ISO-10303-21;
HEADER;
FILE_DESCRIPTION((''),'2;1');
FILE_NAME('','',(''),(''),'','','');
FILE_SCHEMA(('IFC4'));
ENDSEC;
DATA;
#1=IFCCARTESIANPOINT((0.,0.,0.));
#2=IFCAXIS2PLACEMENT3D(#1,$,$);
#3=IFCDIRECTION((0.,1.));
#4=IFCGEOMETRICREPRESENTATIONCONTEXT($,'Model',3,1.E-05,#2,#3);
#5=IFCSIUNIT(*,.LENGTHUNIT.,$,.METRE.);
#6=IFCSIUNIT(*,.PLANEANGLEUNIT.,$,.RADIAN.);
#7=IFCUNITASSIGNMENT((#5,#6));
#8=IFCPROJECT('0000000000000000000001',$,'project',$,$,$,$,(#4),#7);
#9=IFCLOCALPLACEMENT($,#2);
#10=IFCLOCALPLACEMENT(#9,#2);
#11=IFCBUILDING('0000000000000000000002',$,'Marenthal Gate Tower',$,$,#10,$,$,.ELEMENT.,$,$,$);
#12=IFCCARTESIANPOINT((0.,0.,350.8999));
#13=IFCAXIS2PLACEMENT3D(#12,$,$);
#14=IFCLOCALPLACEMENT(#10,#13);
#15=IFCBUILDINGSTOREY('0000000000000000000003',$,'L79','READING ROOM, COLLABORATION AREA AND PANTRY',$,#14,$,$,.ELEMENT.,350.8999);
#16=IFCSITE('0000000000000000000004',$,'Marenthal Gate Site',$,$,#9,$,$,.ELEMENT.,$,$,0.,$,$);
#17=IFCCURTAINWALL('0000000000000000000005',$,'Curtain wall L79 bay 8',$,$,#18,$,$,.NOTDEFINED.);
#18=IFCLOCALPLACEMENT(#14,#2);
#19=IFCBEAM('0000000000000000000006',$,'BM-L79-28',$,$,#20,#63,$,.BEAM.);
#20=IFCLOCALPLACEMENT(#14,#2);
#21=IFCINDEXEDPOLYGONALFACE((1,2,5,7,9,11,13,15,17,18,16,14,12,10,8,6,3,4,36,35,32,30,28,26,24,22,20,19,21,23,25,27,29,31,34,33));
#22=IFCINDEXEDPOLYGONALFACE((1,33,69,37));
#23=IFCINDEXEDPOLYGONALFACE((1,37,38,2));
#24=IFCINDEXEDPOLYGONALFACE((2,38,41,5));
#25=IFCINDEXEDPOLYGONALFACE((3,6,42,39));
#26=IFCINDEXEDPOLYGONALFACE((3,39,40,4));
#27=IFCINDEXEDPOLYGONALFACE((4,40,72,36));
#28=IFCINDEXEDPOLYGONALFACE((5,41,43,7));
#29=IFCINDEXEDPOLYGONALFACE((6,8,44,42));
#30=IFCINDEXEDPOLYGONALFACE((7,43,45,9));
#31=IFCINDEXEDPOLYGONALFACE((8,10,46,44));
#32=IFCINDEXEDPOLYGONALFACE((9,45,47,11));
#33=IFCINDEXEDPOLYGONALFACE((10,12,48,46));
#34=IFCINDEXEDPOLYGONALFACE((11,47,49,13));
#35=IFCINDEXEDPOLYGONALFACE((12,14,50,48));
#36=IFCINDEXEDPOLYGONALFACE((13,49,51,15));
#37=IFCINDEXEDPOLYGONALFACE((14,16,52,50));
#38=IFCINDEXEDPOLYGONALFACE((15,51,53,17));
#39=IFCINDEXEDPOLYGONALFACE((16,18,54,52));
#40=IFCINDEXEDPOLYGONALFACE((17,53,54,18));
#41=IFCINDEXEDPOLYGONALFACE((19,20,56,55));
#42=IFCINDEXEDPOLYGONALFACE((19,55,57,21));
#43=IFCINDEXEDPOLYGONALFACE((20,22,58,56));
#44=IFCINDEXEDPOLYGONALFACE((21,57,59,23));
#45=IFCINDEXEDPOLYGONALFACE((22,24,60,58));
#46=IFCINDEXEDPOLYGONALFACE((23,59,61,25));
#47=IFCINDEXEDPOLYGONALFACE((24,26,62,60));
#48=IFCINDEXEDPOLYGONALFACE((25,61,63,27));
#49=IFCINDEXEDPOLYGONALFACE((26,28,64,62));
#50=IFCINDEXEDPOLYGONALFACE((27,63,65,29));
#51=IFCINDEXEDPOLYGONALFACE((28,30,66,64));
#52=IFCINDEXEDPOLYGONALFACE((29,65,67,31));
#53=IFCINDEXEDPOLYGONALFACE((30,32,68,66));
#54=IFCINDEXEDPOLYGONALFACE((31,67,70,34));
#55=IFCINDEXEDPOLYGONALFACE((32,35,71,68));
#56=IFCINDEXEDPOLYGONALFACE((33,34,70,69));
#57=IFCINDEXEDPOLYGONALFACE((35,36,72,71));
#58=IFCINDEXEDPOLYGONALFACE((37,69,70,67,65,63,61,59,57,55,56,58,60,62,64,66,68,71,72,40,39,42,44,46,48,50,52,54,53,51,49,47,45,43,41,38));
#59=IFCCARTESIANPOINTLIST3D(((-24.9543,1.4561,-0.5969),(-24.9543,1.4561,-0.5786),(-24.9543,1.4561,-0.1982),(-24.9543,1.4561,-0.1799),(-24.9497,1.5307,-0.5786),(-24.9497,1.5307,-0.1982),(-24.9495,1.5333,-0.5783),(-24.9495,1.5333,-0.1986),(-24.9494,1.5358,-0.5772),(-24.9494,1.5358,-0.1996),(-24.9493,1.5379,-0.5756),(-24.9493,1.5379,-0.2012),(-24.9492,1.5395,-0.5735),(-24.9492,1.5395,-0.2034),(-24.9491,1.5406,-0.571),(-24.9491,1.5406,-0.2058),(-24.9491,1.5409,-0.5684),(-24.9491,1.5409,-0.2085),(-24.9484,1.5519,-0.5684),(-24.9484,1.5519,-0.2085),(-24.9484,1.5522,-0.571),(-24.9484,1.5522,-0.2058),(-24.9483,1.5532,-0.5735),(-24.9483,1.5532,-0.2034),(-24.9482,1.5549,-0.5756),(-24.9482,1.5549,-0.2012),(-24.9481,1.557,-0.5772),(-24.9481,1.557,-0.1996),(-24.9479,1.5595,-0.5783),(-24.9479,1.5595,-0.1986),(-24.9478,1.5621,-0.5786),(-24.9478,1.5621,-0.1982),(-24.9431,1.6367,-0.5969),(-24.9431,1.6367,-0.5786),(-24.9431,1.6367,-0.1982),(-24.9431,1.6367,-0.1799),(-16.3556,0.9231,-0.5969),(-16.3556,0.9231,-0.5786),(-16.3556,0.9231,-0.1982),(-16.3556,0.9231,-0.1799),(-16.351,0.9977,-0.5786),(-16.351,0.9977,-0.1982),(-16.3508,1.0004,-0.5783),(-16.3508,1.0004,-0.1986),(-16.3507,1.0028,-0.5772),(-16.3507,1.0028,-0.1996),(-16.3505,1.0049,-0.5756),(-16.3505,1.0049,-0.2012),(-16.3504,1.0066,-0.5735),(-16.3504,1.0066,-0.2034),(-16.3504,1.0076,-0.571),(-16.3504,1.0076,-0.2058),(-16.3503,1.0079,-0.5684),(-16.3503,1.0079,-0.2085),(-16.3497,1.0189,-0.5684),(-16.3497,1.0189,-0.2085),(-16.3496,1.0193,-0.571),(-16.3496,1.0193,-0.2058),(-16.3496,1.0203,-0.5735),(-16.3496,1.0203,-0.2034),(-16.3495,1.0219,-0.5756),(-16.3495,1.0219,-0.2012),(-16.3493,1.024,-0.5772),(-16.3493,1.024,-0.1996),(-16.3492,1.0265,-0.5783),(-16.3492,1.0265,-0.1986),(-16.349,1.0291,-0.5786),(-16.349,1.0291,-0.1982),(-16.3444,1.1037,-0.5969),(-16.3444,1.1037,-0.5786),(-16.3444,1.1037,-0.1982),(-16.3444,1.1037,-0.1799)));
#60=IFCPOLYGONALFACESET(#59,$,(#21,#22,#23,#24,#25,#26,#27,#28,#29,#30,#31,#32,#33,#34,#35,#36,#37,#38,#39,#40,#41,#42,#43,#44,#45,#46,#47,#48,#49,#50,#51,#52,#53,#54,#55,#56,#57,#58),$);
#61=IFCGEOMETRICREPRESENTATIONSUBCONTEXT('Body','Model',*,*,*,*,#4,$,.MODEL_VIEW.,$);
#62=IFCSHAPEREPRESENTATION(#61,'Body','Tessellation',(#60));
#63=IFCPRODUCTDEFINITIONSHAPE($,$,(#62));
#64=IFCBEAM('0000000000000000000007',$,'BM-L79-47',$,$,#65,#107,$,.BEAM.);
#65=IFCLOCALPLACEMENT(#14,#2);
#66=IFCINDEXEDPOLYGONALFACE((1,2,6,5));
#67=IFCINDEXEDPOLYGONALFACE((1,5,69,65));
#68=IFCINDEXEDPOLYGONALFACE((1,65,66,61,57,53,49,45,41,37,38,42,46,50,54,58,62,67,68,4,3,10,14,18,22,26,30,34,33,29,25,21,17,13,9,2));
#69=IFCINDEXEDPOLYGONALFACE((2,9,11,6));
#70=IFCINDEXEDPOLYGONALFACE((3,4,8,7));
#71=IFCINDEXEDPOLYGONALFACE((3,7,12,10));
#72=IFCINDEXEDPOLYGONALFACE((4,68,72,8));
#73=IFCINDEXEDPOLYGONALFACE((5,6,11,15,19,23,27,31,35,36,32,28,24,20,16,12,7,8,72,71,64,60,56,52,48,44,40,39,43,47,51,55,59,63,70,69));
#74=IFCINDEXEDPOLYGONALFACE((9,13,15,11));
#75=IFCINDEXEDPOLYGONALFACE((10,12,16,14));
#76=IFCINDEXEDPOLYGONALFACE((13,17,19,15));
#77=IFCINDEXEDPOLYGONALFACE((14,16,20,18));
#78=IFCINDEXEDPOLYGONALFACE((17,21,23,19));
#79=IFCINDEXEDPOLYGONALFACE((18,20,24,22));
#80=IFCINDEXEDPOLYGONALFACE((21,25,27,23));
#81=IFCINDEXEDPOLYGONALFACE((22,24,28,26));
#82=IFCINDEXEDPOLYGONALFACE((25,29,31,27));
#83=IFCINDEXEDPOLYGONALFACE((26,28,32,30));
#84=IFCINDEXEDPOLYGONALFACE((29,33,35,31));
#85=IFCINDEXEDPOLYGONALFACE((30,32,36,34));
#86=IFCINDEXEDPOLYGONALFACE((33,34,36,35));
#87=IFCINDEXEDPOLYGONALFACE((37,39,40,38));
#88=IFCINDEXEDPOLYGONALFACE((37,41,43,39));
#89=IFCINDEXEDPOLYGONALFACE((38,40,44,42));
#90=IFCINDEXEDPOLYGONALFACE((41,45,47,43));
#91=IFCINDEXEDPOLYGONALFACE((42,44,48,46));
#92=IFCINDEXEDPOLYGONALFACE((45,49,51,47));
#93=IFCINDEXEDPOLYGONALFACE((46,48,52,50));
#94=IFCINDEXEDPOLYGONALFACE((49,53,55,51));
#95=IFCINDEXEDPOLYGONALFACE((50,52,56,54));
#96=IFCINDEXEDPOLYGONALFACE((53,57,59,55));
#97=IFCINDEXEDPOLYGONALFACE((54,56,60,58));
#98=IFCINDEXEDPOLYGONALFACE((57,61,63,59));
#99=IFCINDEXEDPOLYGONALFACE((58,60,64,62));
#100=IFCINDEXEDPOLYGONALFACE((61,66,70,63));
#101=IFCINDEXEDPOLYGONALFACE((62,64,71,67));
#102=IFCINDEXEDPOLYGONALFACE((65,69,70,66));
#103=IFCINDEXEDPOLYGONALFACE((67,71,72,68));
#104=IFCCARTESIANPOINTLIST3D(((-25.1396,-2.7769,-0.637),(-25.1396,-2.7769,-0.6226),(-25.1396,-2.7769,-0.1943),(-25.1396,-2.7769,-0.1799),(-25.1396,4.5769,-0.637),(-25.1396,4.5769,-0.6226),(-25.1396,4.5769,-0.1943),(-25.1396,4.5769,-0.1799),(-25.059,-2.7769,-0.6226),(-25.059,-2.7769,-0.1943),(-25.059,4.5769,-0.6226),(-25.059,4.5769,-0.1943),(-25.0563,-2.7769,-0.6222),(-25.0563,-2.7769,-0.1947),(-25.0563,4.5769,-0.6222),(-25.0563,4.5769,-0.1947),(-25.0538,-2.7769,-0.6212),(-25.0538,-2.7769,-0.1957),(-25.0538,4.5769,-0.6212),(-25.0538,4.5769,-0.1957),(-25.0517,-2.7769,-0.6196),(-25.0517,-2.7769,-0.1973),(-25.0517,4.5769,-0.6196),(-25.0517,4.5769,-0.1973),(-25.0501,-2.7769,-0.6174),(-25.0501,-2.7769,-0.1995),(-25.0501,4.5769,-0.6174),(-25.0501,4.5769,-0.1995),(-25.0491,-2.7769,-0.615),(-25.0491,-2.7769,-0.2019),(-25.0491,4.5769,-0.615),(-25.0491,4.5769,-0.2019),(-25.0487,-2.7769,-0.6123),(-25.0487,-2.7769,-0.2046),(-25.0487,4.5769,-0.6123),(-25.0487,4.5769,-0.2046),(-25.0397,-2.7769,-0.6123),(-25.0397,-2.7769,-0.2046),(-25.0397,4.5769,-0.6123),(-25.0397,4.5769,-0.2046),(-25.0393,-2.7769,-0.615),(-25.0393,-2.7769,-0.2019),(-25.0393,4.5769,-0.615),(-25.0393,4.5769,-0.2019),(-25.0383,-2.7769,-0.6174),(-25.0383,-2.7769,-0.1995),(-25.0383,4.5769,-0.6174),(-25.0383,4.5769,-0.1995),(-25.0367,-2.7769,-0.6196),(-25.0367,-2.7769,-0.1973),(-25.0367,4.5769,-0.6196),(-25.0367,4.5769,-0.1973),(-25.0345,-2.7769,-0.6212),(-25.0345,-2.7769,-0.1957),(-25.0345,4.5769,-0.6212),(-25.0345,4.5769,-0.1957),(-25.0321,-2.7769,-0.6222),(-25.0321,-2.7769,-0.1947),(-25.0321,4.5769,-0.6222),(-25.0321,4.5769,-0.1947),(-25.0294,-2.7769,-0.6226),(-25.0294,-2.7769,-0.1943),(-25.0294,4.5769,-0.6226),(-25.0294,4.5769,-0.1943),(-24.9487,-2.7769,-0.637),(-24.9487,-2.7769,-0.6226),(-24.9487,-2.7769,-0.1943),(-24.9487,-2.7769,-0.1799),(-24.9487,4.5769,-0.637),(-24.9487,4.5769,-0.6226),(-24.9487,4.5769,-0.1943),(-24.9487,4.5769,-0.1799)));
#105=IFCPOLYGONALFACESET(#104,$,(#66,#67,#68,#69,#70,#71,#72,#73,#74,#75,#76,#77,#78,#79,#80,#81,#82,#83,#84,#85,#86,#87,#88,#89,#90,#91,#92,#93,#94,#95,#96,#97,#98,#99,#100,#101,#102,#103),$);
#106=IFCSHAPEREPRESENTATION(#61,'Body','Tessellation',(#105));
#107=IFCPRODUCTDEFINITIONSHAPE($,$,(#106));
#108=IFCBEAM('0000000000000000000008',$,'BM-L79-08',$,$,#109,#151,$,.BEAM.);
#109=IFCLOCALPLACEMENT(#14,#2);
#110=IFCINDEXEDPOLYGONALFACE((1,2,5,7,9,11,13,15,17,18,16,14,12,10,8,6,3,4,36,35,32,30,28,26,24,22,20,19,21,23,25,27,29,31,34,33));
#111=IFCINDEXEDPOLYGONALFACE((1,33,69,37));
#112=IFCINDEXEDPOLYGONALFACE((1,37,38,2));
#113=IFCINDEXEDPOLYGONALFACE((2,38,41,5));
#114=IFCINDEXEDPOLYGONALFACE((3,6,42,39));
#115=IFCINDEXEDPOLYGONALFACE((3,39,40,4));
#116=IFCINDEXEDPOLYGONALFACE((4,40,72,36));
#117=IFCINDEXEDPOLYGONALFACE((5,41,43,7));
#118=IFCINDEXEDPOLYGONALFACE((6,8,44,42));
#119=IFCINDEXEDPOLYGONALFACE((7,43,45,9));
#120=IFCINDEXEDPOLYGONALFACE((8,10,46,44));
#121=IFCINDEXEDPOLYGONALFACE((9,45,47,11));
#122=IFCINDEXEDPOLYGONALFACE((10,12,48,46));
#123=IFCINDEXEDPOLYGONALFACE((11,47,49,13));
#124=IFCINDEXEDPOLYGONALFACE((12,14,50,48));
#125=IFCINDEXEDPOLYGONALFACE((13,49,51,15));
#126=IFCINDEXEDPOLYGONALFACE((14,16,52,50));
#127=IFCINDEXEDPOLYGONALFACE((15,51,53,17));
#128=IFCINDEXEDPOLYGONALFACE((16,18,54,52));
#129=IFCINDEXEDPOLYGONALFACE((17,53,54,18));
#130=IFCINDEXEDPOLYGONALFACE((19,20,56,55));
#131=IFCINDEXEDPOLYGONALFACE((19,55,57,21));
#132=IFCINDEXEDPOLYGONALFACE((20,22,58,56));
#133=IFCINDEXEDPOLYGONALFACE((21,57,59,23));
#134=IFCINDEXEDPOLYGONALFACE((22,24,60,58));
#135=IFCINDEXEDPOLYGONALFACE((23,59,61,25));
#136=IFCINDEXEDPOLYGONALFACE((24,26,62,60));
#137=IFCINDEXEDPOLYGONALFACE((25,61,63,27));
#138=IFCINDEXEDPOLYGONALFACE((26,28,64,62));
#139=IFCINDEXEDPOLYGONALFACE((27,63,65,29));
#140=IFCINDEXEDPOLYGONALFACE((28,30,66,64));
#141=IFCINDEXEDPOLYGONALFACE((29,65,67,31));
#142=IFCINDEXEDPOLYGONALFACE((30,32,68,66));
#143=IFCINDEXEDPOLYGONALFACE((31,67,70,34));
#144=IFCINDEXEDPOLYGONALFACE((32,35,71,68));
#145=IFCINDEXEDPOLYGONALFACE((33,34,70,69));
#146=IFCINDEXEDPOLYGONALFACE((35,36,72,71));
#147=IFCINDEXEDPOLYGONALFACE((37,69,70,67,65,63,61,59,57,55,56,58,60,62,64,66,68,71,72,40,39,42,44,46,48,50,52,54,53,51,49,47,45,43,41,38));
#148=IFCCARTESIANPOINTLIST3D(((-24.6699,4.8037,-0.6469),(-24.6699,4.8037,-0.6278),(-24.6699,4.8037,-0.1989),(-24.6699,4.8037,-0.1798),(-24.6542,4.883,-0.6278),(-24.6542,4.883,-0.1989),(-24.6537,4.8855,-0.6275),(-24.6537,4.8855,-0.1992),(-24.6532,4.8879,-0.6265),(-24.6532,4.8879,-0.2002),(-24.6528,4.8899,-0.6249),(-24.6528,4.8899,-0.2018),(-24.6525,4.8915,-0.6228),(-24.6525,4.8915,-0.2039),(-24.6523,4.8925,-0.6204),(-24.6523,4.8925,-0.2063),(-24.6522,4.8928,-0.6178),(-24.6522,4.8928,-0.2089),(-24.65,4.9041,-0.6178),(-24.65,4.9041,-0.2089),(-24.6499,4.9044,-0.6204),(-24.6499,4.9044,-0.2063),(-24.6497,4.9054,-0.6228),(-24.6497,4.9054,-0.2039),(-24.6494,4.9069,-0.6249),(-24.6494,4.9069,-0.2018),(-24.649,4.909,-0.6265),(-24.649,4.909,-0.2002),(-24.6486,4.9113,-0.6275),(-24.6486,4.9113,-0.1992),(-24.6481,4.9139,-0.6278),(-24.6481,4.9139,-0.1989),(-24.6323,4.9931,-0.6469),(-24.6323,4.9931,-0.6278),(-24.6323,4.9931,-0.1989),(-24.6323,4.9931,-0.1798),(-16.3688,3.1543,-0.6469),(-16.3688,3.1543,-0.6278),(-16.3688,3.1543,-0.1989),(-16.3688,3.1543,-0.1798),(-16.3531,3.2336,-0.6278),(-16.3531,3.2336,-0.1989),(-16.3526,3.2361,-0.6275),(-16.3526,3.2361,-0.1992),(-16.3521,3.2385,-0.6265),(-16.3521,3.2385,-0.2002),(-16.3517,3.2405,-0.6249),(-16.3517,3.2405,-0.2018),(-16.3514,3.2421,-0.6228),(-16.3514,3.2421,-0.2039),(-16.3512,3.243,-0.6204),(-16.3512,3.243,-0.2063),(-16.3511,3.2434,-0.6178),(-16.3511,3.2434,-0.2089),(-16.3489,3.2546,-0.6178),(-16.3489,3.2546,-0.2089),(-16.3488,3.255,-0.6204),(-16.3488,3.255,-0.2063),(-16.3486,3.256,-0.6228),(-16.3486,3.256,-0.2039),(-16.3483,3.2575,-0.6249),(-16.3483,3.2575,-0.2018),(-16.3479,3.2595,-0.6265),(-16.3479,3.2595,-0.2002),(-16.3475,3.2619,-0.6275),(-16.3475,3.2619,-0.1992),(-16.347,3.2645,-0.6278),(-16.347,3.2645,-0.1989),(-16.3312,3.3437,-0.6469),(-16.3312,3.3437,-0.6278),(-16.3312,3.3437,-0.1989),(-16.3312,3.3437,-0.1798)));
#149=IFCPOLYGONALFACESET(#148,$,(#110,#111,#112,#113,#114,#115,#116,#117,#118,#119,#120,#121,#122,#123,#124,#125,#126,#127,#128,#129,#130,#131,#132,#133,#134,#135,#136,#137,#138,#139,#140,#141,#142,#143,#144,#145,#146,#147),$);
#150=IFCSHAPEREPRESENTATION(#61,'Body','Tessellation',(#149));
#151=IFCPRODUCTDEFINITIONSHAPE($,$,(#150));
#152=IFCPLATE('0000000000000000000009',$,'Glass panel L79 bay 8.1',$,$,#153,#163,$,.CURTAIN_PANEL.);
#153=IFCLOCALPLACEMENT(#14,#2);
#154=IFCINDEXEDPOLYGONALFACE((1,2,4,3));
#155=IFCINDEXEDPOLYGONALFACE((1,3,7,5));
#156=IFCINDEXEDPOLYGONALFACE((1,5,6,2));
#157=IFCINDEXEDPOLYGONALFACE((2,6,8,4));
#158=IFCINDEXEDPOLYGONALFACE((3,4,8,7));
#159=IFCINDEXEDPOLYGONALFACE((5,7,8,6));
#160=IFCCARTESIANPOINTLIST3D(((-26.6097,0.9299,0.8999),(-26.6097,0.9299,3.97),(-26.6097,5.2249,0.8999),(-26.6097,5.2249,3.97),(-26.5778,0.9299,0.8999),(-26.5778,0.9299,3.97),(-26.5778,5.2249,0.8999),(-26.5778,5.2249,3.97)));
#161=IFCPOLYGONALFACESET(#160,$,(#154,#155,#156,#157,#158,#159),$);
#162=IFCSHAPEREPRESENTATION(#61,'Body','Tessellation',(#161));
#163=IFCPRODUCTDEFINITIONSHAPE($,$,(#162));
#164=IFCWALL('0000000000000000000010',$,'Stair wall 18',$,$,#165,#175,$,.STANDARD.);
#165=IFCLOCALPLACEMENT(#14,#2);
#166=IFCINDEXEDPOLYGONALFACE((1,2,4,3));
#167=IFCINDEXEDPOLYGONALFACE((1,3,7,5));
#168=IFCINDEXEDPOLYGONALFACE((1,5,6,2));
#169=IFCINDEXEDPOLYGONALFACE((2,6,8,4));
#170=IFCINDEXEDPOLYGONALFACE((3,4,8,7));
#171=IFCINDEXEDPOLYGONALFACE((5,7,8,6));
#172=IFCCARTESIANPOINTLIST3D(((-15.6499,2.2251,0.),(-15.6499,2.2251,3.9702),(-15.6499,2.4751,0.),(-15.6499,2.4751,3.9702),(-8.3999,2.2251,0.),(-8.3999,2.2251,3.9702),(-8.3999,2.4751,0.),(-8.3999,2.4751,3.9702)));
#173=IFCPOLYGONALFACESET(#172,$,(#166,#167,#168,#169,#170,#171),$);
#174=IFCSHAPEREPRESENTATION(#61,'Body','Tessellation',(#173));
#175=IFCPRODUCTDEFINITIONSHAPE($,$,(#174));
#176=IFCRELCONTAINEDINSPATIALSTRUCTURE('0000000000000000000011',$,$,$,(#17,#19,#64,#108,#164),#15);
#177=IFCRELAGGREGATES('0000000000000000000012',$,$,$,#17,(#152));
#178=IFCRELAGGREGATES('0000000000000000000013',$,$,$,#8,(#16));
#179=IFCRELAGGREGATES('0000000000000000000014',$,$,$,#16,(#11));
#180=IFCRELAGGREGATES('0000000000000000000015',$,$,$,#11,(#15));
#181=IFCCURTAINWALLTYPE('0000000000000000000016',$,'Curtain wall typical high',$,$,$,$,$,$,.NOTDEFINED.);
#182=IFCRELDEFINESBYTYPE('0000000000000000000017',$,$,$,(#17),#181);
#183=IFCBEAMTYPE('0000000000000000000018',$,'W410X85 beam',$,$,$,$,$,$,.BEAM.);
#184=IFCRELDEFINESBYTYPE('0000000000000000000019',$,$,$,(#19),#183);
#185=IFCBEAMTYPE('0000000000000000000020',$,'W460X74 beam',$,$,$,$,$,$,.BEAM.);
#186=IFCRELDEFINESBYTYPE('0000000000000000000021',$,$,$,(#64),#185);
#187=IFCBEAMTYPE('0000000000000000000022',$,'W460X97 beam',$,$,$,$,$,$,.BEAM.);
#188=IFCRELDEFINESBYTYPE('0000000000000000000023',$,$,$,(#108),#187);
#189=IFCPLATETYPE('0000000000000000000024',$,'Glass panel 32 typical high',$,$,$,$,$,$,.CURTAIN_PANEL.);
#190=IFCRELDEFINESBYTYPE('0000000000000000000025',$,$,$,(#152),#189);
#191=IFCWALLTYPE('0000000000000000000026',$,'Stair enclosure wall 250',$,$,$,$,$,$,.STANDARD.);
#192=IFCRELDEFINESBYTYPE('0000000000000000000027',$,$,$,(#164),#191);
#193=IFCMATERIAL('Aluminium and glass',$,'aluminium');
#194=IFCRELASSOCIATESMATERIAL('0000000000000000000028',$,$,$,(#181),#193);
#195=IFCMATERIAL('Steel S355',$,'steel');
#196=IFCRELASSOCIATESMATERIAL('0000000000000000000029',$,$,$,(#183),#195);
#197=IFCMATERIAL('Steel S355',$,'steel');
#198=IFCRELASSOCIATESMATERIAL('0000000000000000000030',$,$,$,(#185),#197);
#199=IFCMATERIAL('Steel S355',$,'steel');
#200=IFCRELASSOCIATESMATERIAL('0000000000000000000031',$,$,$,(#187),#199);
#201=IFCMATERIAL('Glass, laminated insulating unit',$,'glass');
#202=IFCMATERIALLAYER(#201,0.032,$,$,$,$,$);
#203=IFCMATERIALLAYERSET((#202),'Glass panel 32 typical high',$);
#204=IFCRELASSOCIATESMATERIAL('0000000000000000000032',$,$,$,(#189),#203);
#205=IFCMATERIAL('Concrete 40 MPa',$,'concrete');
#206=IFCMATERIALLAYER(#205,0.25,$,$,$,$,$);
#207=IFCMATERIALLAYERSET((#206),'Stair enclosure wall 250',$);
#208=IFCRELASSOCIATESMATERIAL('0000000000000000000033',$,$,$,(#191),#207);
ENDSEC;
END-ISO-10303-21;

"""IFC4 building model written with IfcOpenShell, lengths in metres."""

from ifc_helpers import new_model, si_unit, direction, frame, frame_2d, origin, origin_2d, place, context, subcontext, project, spatial, rectangle, i_section, extrude, material, layer, layer_set, material_profile, profile_set, type_object, element, aggregate, save


model = new_model("IFC4")

# Units and contexts
model_context = context("Model", 3, precision=1e-05, world=origin(), true_north=direction((0.0, 1.0)))
body_context = subcontext(model_context, "Body", "Model", "MODEL_VIEW")
ifc_project = project(units=[si_unit("LENGTHUNIT", "METRE"), si_unit("PLANEANGLEUNIT", "RADIAN")], contexts=[model_context])

# Site, building, storey
site_placement = place(None, origin())
site = spatial("IfcSite", under=ifc_project, at=site_placement, Name="Marenthal Gate Site", CompositionType="ELEMENT", RefElevation=0.0)
building_placement = place(site_placement, origin())
building = spatial("IfcBuilding", under=site, at=building_placement, Name="Marenthal Gate Tower", CompositionType="ELEMENT")
storey_placement = place(building_placement, frame((0.0, 0.0, 350.8999)))
storey = spatial("IfcBuildingStorey", under=building, at=storey_placement, Name="L79", Description="READING ROOM, COLLABORATION AREA AND PANTRY", CompositionType="ELEMENT", Elevation=350.8999)

# Curtain wall
ifc_material_1 = material(Name="Aluminium and glass", Category="aluminium")
curtain_wall_type = type_object("IfcCurtainWallType", Name="Curtain wall typical high", PredefinedType="NOTDEFINED", material=ifc_material_1)
curtain_wall_placement = place(storey_placement, origin())
curtain_wall = element("IfcCurtainWall", 1, at=curtain_wall_placement, inside=storey, type_object=curtain_wall_type, Name="Curtain wall L79 bay 8", PredefinedType="NOTDEFINED")

# Beams
ifc_material_2 = material(Name="Steel S355", Category="steel")
ifc_material_profile_1 = material_profile(ifc_material_2, i_section(OverallWidth=0.1809, OverallDepth=0.417, WebThickness=0.011, FlangeThickness=0.0183, FilletRadius=0.0103, at=origin_2d()), Name="W410X85")
ifc_profile_set_1 = profile_set([ifc_material_profile_1], Name="Steel S355")
beam_type_1 = type_object("IfcBeamType", Name="W410X85 beam", PredefinedType="BEAM", material=ifc_profile_set_1)
beam_1_placement = place(storey_placement, frame((-24.9487, 1.5464, -0.3884), z_axis=(0.998085, -0.061863, 0.0), x_axis=(0.061863, 0.998085, 0.0)))
element("IfcBeam", 2, at=beam_1_placement, inside=storey, type_object=beam_type_1, Name="BM-L79-28", PredefinedType="BEAM", context=body_context, shape_type="SweptSolid", body=[
    extrude(i_section(OverallWidth=0.1809, OverallDepth=0.417, WebThickness=0.011, FlangeThickness=0.0183, FilletRadius=0.0103, at=origin_2d()), origin(), (0.0, 0.0, 1.0), 8.6152),
])
ifc_material_3 = material(Name="Steel S355", Category="steel")
ifc_material_profile_2 = material_profile(ifc_material_3, i_section(OverallWidth=0.1909, OverallDepth=0.457, WebThickness=0.009, FlangeThickness=0.0144, FilletRadius=0.0103, at=origin_2d()), Name="W460X74")
ifc_profile_set_2 = profile_set([ifc_material_profile_2], Name="Steel S355")
beam_type_2 = type_object("IfcBeamType", Name="W460X74 beam", PredefinedType="BEAM", material=ifc_profile_set_2)
beam_2_placement = place(storey_placement, frame((-25.0442, 4.5769, -0.4084), z_axis=(0.0, -1.0, 0.0), x_axis=(1.0, 0.0, 0.0)))
element("IfcBeam", 3, at=beam_2_placement, inside=storey, type_object=beam_type_2, Name="BM-L79-47", PredefinedType="BEAM", context=body_context, shape_type="SweptSolid", body=[
    extrude(i_section(OverallWidth=0.1909, OverallDepth=0.457, WebThickness=0.009, FlangeThickness=0.0144, FilletRadius=0.0103, at=origin_2d()), origin(), (0.0, 0.0, 1.0), 7.3538),
])
ifc_material_4 = material(Name="Steel S355", Category="steel")
ifc_material_profile_3 = material_profile(ifc_material_4, i_section(OverallWidth=0.1931, OverallDepth=0.467, WebThickness=0.0115, FlangeThickness=0.019, FilletRadius=0.01, at=origin_2d()), Name="W460X97")
ifc_profile_set_3 = profile_set([ifc_material_profile_3], Name="Steel S355")
beam_type_3 = type_object("IfcBeamType", Name="W460X97 beam", PredefinedType="BEAM", material=ifc_profile_set_3)
beam_3_placement = place(storey_placement, frame((-24.6511, 4.8984, -0.4133), z_axis=(0.980825, -0.19489, 0.0), x_axis=(0.19489, 0.980825, 0.0)))
element("IfcBeam", 4, at=beam_3_placement, inside=storey, type_object=beam_type_3, Name="BM-L79-08", PredefinedType="BEAM", context=body_context, shape_type="SweptSolid", body=[
    extrude(i_section(OverallWidth=0.1931, OverallDepth=0.467, WebThickness=0.0115, FlangeThickness=0.019, FilletRadius=0.01, at=origin_2d()), origin(), (0.0, 0.0, 1.0), 8.4634),
])

# Plate
ifc_material_5 = material(Name="Glass, laminated insulating unit", Category="glass")
ifc_layer_1 = layer(ifc_material_5, 0.032)
ifc_layer_set_1 = layer_set([ifc_layer_1], Name="Glass panel 32 typical high")
plate_type = type_object("IfcPlateType", Name="Glass panel 32 typical high", PredefinedType="CURTAIN_PANEL", material=ifc_layer_set_1)
plate_placement = place(storey_placement, frame((-26.5938, 3.0774, 0.8999), z_axis=(0.0, 0.0, 1.0), x_axis=(0.0, -1.0, 0.0)))
plate = element("IfcPlate", 5, at=plate_placement, type_object=plate_type, Name="Glass panel L79 bay 8.1", PredefinedType="CURTAIN_PANEL", context=body_context, shape_type="SweptSolid", body=[
    extrude(rectangle(XDim=4.2949, YDim=0.032, at=origin_2d()), origin(), (0.0, 0.0, 1.0), 3.0701),
])
aggregate(curtain_wall, [plate])

# Wall
ifc_material_6 = material(Name="Concrete 40 MPa", Category="concrete")
ifc_layer_2 = layer(ifc_material_6, 0.25)
ifc_layer_set_2 = layer_set([ifc_layer_2], Name="Stair enclosure wall 250")
wall_type_1 = type_object("IfcWallType", Name="Stair enclosure wall 250", PredefinedType="STANDARD", material=ifc_layer_set_2)
wall_1_placement = place(storey_placement, frame((-15.6499, 2.3501, 0.0), z_axis=(0.0, 0.0, 1.0), x_axis=(1.0, 0.0, 0.0)))
element("IfcWall", 6, at=wall_1_placement, inside=storey, type_object=wall_type_1, Name="Stair wall 18", PredefinedType="STANDARD", context=body_context, shape_type="SweptSolid", body=[
    extrude(rectangle(XDim=7.25, YDim=0.25, at=frame_2d((3.625, 0.0))), origin(), (0.0, 0.0, 1.0), 3.9702),
])

save(model, "model.ifc")
